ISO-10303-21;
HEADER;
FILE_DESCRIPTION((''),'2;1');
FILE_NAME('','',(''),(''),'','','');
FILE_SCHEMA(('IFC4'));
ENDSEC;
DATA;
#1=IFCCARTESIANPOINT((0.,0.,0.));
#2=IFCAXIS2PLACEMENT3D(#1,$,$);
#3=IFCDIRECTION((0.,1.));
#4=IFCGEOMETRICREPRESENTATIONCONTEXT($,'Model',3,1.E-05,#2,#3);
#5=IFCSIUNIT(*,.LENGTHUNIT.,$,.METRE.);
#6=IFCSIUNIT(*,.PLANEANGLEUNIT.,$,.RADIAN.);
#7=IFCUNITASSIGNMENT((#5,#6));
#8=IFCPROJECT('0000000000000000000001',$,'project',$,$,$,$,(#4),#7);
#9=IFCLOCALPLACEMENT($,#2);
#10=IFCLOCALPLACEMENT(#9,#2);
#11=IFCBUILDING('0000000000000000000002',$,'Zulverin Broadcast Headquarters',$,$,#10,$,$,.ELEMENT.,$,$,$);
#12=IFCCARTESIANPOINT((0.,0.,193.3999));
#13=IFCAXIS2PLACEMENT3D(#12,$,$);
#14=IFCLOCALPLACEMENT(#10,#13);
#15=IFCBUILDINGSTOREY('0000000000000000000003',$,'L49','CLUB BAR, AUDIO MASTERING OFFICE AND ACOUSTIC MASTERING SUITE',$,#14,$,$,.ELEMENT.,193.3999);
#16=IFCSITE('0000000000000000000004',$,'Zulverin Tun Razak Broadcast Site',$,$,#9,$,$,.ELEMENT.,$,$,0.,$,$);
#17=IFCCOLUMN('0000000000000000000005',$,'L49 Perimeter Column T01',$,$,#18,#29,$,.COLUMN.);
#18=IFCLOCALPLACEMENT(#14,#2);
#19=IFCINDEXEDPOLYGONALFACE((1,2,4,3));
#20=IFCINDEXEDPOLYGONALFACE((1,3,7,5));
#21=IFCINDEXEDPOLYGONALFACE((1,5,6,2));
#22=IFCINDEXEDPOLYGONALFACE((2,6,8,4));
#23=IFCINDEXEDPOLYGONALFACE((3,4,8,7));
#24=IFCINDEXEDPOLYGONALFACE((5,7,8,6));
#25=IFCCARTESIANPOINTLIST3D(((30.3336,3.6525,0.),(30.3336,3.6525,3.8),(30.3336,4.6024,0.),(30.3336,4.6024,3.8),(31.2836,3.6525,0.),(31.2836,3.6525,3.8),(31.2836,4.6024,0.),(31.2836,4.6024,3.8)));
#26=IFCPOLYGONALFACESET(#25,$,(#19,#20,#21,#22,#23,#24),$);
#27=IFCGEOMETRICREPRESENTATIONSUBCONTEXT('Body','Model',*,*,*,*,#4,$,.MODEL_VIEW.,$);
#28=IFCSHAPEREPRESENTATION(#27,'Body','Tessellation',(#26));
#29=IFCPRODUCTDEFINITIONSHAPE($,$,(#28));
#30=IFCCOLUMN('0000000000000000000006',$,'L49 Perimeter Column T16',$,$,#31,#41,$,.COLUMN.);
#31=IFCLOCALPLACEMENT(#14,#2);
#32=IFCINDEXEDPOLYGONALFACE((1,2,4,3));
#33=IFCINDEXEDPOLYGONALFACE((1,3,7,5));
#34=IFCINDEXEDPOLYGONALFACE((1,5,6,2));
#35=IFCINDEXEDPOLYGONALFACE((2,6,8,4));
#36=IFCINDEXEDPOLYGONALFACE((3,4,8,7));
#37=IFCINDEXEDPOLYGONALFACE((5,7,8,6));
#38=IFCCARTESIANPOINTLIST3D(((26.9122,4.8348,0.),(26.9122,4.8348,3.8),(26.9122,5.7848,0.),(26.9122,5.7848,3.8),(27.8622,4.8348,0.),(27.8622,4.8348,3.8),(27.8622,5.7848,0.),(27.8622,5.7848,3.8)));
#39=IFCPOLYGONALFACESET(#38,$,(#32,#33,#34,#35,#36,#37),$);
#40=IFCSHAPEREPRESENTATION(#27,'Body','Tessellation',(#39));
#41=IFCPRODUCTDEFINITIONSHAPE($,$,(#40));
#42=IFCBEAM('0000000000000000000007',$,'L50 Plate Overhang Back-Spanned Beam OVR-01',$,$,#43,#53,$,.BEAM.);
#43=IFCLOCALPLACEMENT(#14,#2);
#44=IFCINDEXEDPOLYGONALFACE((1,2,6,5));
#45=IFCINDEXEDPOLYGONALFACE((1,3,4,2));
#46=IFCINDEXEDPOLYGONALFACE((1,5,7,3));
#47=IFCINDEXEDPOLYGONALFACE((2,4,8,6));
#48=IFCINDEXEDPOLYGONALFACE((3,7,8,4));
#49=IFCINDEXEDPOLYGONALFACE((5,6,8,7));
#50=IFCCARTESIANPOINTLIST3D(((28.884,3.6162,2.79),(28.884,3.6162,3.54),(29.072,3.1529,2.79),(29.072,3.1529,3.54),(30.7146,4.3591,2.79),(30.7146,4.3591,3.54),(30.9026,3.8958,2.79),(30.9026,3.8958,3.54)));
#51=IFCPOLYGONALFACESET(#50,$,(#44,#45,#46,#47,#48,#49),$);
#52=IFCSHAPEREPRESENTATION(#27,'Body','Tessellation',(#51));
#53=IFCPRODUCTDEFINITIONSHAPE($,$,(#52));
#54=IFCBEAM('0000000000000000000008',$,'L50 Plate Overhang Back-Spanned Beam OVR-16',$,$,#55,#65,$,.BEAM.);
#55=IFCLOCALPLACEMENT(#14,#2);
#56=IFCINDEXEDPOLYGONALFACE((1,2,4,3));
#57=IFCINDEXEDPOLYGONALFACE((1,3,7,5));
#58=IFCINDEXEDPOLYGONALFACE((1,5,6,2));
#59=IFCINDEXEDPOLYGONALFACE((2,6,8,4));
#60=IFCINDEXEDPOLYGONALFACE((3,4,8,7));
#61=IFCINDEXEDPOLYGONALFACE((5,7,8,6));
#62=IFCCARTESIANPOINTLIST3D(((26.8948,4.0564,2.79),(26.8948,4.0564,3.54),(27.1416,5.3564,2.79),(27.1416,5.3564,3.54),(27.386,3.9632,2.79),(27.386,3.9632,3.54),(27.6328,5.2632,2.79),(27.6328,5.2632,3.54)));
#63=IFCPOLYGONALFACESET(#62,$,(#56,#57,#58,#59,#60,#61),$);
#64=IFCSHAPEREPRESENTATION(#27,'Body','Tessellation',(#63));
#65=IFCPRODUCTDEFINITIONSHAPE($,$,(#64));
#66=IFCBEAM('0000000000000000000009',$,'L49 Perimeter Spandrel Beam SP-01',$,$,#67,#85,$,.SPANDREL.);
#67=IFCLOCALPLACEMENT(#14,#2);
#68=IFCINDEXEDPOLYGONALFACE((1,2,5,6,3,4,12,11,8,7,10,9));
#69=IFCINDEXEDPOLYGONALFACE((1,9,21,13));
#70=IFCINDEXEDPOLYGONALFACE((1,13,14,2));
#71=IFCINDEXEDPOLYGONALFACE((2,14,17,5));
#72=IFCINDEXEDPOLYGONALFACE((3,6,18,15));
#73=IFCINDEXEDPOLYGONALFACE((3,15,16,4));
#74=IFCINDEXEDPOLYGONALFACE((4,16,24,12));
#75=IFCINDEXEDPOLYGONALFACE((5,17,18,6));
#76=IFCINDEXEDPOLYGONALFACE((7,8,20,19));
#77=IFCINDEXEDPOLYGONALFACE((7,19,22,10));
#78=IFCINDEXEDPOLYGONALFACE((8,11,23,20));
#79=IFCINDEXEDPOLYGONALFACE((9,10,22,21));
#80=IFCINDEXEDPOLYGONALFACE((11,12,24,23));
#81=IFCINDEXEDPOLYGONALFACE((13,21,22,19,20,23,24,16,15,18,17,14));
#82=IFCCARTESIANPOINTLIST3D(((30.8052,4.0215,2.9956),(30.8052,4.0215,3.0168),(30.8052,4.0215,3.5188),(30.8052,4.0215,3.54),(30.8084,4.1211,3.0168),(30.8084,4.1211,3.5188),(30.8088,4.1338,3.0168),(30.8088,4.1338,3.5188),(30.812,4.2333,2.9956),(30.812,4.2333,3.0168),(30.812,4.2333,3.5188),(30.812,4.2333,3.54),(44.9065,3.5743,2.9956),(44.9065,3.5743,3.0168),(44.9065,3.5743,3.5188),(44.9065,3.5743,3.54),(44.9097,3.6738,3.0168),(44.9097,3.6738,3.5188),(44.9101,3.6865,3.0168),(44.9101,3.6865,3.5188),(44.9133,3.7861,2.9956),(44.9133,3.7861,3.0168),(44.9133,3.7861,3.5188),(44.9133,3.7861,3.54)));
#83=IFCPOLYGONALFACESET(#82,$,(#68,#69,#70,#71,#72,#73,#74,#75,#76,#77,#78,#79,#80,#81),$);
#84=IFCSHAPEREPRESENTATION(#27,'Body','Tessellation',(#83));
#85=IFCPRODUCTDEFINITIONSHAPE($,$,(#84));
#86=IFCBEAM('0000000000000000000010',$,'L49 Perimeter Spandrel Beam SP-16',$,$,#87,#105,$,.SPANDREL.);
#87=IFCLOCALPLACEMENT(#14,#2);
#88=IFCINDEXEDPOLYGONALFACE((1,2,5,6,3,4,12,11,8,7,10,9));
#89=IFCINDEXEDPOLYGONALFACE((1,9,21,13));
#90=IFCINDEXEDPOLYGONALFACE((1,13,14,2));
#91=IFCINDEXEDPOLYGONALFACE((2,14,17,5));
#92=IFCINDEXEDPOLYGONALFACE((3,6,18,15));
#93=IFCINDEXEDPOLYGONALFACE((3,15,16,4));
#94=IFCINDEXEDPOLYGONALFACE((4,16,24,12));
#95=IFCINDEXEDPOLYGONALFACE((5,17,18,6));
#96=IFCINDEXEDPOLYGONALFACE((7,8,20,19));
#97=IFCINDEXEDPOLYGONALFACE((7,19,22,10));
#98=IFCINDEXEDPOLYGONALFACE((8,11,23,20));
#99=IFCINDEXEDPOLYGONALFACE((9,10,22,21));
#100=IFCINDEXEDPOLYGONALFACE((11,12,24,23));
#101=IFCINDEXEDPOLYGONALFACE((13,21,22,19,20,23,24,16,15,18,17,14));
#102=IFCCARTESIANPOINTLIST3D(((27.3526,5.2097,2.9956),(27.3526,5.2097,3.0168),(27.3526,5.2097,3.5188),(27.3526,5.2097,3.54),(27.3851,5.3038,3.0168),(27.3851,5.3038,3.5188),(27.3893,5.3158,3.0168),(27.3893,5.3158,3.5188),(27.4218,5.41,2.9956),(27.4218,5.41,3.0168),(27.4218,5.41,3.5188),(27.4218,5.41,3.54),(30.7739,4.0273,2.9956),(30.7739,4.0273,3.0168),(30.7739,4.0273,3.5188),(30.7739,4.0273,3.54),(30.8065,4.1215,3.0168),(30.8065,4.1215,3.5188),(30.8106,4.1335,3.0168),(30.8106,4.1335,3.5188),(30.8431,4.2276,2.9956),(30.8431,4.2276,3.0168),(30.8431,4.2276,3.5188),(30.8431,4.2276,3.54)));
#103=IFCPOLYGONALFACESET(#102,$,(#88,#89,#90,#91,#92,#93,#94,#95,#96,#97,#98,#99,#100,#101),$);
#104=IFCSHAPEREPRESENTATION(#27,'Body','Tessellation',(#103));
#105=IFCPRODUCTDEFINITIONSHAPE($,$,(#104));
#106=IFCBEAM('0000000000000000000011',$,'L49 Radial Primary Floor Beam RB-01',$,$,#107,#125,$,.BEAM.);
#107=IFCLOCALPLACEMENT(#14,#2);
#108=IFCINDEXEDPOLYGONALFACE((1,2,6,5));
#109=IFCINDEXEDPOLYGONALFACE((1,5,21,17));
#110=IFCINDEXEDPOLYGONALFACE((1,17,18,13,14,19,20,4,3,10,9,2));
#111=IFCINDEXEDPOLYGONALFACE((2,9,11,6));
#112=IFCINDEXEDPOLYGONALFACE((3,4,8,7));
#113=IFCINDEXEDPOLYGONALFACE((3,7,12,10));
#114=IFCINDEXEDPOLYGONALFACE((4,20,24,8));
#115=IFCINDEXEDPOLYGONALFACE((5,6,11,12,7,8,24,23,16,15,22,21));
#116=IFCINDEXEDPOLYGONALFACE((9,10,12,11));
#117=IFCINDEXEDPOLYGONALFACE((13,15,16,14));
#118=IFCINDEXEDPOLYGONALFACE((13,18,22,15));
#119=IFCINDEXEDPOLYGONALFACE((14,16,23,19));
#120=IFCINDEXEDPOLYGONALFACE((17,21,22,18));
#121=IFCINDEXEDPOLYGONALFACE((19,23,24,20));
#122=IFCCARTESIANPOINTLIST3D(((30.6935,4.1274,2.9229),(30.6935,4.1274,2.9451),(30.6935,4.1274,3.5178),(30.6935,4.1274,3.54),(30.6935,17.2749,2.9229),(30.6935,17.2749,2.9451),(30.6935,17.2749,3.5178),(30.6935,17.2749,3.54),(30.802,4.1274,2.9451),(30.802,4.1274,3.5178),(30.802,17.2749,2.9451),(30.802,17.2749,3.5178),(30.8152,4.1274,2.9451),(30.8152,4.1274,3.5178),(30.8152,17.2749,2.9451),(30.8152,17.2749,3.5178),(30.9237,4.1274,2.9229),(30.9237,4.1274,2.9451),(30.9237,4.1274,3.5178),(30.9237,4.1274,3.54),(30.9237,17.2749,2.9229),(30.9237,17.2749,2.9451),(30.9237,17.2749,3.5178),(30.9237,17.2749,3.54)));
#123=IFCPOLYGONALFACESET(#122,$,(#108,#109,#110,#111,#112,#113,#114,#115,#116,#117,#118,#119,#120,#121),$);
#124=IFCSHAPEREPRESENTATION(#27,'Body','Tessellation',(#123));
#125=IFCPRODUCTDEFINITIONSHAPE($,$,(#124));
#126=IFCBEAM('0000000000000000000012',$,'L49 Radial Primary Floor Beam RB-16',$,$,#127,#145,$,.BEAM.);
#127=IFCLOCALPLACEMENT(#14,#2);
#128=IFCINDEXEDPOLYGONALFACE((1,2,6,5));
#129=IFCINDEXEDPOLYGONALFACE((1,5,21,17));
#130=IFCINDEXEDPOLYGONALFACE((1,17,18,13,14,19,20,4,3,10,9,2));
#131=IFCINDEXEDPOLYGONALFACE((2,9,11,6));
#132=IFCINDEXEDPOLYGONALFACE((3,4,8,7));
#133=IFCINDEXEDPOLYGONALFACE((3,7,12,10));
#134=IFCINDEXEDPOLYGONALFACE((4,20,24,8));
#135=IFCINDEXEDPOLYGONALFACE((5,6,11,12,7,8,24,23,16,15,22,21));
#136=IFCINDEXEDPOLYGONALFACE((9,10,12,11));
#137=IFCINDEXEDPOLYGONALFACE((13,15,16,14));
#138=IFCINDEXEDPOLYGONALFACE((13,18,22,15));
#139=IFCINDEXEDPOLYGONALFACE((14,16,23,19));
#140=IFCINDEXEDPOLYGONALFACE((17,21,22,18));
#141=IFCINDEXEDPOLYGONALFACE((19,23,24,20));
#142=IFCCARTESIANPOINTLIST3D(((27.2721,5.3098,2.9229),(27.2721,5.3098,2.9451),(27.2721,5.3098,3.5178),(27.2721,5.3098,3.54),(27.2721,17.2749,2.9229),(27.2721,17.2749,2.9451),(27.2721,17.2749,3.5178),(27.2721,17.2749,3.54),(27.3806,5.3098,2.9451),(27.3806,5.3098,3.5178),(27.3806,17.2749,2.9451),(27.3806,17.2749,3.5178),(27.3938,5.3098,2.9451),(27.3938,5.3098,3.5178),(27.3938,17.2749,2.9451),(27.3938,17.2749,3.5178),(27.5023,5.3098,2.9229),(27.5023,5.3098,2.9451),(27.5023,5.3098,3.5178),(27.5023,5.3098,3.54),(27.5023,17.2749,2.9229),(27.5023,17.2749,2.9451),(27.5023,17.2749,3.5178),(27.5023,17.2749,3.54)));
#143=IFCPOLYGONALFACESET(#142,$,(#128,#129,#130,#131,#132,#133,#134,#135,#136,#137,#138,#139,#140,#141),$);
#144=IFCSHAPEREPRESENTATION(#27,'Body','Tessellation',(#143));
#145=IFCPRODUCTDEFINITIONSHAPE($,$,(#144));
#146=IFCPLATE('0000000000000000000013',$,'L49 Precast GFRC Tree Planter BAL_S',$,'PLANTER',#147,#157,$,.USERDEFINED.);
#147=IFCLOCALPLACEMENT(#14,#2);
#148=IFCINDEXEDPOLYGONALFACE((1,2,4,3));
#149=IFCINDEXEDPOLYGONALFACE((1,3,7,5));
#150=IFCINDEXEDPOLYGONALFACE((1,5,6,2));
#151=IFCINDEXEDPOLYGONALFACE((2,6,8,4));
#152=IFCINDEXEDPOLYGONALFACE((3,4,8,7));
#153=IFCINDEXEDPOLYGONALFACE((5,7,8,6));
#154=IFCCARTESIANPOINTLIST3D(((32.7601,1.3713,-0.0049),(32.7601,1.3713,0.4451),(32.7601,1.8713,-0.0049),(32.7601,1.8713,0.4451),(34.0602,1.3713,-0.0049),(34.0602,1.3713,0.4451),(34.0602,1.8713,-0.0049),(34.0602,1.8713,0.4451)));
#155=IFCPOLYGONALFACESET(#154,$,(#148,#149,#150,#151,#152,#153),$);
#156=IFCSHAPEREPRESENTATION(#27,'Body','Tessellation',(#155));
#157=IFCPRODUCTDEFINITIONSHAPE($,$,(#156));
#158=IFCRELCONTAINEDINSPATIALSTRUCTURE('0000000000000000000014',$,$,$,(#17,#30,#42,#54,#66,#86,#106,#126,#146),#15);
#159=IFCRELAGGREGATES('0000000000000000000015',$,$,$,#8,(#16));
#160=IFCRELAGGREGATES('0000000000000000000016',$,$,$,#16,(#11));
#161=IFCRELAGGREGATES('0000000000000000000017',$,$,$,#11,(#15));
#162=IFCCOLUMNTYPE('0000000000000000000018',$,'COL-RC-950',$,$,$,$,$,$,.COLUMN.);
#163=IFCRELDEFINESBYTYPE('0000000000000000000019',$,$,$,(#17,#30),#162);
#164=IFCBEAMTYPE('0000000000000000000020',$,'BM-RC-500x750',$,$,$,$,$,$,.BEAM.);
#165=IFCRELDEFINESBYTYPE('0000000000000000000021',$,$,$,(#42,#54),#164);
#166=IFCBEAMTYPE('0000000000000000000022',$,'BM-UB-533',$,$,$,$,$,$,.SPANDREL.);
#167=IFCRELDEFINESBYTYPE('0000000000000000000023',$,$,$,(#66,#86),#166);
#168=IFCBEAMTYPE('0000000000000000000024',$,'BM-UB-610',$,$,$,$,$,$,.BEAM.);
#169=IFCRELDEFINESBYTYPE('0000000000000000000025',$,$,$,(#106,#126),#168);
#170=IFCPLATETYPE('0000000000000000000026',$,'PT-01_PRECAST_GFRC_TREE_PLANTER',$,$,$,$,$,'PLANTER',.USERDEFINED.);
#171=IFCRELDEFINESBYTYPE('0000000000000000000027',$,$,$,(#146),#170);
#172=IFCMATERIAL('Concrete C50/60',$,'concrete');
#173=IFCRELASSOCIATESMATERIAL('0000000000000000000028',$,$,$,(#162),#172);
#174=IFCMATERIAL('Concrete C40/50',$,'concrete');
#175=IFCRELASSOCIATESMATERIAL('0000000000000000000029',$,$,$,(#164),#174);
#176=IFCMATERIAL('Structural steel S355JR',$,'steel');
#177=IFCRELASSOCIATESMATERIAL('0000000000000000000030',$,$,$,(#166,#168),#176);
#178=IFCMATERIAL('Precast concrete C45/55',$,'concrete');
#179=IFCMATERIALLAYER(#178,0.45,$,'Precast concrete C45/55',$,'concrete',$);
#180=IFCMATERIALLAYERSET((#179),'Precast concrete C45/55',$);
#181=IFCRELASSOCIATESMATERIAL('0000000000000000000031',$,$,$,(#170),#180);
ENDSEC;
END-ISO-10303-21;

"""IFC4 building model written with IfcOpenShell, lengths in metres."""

from ifc_helpers import new_model, si_unit, direction, frame, origin, origin_2d, place, context, subcontext, project, spatial, rectangle, i_section, extrude, material, layer, layer_set, material_profile, profile_set, type_object, element, save


model = new_model("IFC4")

# Units and contexts
model_context = context("Model", 3, precision=1e-05, world=origin(), true_north=direction((0.0, 1.0)))
body_context = subcontext(model_context, "Body", "Model", "MODEL_VIEW")
ifc_project = project(units=[si_unit("LENGTHUNIT", "METRE"), si_unit("PLANEANGLEUNIT", "RADIAN")], contexts=[model_context])

# Site, building, storey
site_placement = place(None, origin())
site = spatial("IfcSite", under=ifc_project, at=site_placement, Name="Zulverin Tun Razak Broadcast Site", CompositionType="ELEMENT", RefElevation=0.0)
building_placement = place(site_placement, origin())
building = spatial("IfcBuilding", under=site, at=building_placement, Name="Zulverin Broadcast Headquarters", CompositionType="ELEMENT")
storey_placement = place(building_placement, frame((0.0, 0.0, 193.3999)))
storey = spatial("IfcBuildingStorey", under=building, at=storey_placement, Name="L49", Description="CLUB BAR, AUDIO MASTERING OFFICE AND ACOUSTIC MASTERING SUITE", CompositionType="ELEMENT", Elevation=193.3999)

# Columns
ifc_material_1 = material(Name="Concrete C50/60", Category="concrete")
ifc_material_profile_1 = material_profile(ifc_material_1, rectangle(XDim=0.95, YDim=0.95, at=origin_2d()), Name="Concrete C50/60", Category="concrete")
ifc_profile_set_1 = profile_set([ifc_material_profile_1], Name="Concrete C50/60")
column_type = type_object("IfcColumnType", Name="COL-RC-950", PredefinedType="COLUMN", material=ifc_profile_set_1)
for number, where, z_axis, x_axis, name in (
    (1, (30.8086, 4.1274, 0.0), (0.0, 0.0, 1.0), (1.0, 0.0, 0.0), "L49 Perimeter Column T01"),
    (2, (27.3872, 5.3098, 0.0), (0.0, 0.0, 1.0), (1.0, 0.0, 0.0), "L49 Perimeter Column T16"),
):
    element("IfcColumn", number, at=place(storey_placement, frame(where, z_axis=z_axis, x_axis=x_axis)), inside=storey, type_object=column_type, Name=name, PredefinedType="COLUMN", context=body_context, shape_type="SweptSolid", body=[
        extrude(rectangle(XDim=0.95, YDim=0.95, at=origin_2d()), origin(), (0.0, 0.0, 1.0), 3.8),
    ])

# Beams
ifc_material_2 = material(Name="Concrete C40/50", Category="concrete")
ifc_material_profile_2 = material_profile(ifc_material_2, rectangle(XDim=0.5, YDim=0.75, at=origin_2d()), Name="Concrete C40/50", Category="concrete")
ifc_profile_set_2 = profile_set([ifc_material_profile_2], Name="Concrete C40/50")
beam_type_1 = type_object("IfcBeamType", Name="BM-RC-500x750", PredefinedType="BEAM", material=ifc_profile_set_2)
beam_1_placement = place(storey_placement, frame((30.8086, 4.1274, 3.165), z_axis=(-0.926598, -0.376052, 0.0), x_axis=(0.376052, -0.926598, 0.0)))
element("IfcBeam", 3, at=beam_1_placement, inside=storey, type_object=beam_type_1, Name="L50 Plate Overhang Back-Spanned Beam OVR-01", PredefinedType="BEAM", context=body_context, shape_type="SweptSolid", body=[
    extrude(rectangle(XDim=0.5, YDim=0.75, at=origin_2d()), origin(), (0.0, 0.0, 1.0), 1.9756),
])
beam_2_placement = place(storey_placement, frame((27.3872, 5.3098, 3.165), z_axis=(-0.186527, -0.98245, 0.0), x_axis=(0.98245, -0.186527, 0.0)))
element("IfcBeam", 4, at=beam_2_placement, inside=storey, type_object=beam_type_1, Name="L50 Plate Overhang Back-Spanned Beam OVR-16", PredefinedType="BEAM", context=body_context, shape_type="SweptSolid", body=[
    extrude(rectangle(XDim=0.5, YDim=0.75, at=origin_2d()), origin(), (0.0, 0.0, 1.0), 1.3232),
])
ifc_material_3 = material(Name="Structural steel S355JR", Category="steel")
ifc_material_profile_3 = material_profile(ifc_material_3, i_section(OverallWidth=0.2119, OverallDepth=0.5444, WebThickness=0.0127, FlangeThickness=0.0212, at=origin_2d()), Name="Structural steel S355JR", Category="steel")
ifc_profile_set_3 = profile_set([ifc_material_profile_3], Name="Structural steel S355JR")
beam_type_2 = type_object("IfcBeamType", Name="BM-UB-533", PredefinedType="SPANDREL", material=ifc_profile_set_3)
beam_3_placement = place(storey_placement, frame((30.8086, 4.1274, 3.2678), z_axis=(0.999497, -0.031702, 0.0), x_axis=(0.031702, 0.999497, 0.0)))
element("IfcBeam", 5, at=beam_3_placement, inside=storey, type_object=beam_type_2, Name="L49 Perimeter Spandrel Beam SP-01", PredefinedType="SPANDREL", context=body_context, shape_type="SweptSolid", body=[
    extrude(i_section(OverallWidth=0.2119, OverallDepth=0.5444, WebThickness=0.0127, FlangeThickness=0.0212, at=origin_2d()), origin(), (0.0, 0.0, 1.0), 14.1084),
])
beam_4_placement = place(storey_placement, frame((27.3872, 5.3098, 3.2678), z_axis=(0.945153, -0.326629, 0.0), x_axis=(0.326629, 0.945153, 0.0)))
element("IfcBeam", 6, at=beam_4_placement, inside=storey, type_object=beam_type_2, Name="L49 Perimeter Spandrel Beam SP-16", PredefinedType="SPANDREL", context=body_context, shape_type="SweptSolid", body=[
    extrude(i_section(OverallWidth=0.2119, OverallDepth=0.5444, WebThickness=0.0127, FlangeThickness=0.0212, at=origin_2d()), origin(), (0.0, 0.0, 1.0), 3.6199),
])
ifc_material_profile_4 = material_profile(ifc_material_3, i_section(OverallWidth=0.2302, OverallDepth=0.6172, WebThickness=0.0132, FlangeThickness=0.0222, at=origin_2d()), Name="Structural steel S355JR", Category="steel")
ifc_profile_set_4 = profile_set([ifc_material_profile_4], Name="Structural steel S355JR")
beam_type_3 = type_object("IfcBeamType", Name="BM-UB-610", PredefinedType="BEAM", material=ifc_profile_set_4)
beam_5_placement = place(storey_placement, frame((30.8086, 17.2749, 3.2314), z_axis=(0.0, -1.0, 0.0), x_axis=(1.0, 0.0, 0.0)))
element("IfcBeam", 7, at=beam_5_placement, inside=storey, type_object=beam_type_3, Name="L49 Radial Primary Floor Beam RB-01", PredefinedType="BEAM", context=body_context, shape_type="SweptSolid", body=[
    extrude(i_section(OverallWidth=0.2302, OverallDepth=0.6172, WebThickness=0.0132, FlangeThickness=0.0222, at=origin_2d()), origin(), (0.0, 0.0, 1.0), 13.1475),
])
beam_6_placement = place(storey_placement, frame((27.3872, 17.2749, 3.2314), z_axis=(0.0, -1.0, 0.0), x_axis=(1.0, 0.0, 0.0)))
element("IfcBeam", 8, at=beam_6_placement, inside=storey, type_object=beam_type_3, Name="L49 Radial Primary Floor Beam RB-16", PredefinedType="BEAM", context=body_context, shape_type="SweptSolid", body=[
    extrude(i_section(OverallWidth=0.2302, OverallDepth=0.6172, WebThickness=0.0132, FlangeThickness=0.0222, at=origin_2d()), origin(), (0.0, 0.0, 1.0), 11.9651),
])

# Plate
ifc_material_4 = material(Name="Precast concrete C45/55", Category="concrete")
ifc_layer_1 = layer(ifc_material_4, 0.45, Name="Precast concrete C45/55", Category="concrete")
ifc_layer_set_1 = layer_set([ifc_layer_1], Name="Precast concrete C45/55")
plate_type = type_object("IfcPlateType", Name="PT-01_PRECAST_GFRC_TREE_PLANTER", ElementType="PLANTER", PredefinedType="USERDEFINED", material=ifc_layer_set_1)
plate_placement = place(storey_placement, frame((33.4102, 1.6213, -0.0049), z_axis=(0.0, 0.0, 1.0), x_axis=(1.0, 0.0, 0.0)))
element("IfcPlate", 9, at=plate_placement, inside=storey, type_object=plate_type, Name="L49 Precast GFRC Tree Planter BAL_S", ObjectType="PLANTER", PredefinedType="USERDEFINED", context=body_context, shape_type="SweptSolid", body=[
    extrude(rectangle(XDim=1.3, YDim=0.5, at=origin_2d()), origin(), (0.0, 0.0, 1.0), 0.45),
])

save(model, "model.ifc")
